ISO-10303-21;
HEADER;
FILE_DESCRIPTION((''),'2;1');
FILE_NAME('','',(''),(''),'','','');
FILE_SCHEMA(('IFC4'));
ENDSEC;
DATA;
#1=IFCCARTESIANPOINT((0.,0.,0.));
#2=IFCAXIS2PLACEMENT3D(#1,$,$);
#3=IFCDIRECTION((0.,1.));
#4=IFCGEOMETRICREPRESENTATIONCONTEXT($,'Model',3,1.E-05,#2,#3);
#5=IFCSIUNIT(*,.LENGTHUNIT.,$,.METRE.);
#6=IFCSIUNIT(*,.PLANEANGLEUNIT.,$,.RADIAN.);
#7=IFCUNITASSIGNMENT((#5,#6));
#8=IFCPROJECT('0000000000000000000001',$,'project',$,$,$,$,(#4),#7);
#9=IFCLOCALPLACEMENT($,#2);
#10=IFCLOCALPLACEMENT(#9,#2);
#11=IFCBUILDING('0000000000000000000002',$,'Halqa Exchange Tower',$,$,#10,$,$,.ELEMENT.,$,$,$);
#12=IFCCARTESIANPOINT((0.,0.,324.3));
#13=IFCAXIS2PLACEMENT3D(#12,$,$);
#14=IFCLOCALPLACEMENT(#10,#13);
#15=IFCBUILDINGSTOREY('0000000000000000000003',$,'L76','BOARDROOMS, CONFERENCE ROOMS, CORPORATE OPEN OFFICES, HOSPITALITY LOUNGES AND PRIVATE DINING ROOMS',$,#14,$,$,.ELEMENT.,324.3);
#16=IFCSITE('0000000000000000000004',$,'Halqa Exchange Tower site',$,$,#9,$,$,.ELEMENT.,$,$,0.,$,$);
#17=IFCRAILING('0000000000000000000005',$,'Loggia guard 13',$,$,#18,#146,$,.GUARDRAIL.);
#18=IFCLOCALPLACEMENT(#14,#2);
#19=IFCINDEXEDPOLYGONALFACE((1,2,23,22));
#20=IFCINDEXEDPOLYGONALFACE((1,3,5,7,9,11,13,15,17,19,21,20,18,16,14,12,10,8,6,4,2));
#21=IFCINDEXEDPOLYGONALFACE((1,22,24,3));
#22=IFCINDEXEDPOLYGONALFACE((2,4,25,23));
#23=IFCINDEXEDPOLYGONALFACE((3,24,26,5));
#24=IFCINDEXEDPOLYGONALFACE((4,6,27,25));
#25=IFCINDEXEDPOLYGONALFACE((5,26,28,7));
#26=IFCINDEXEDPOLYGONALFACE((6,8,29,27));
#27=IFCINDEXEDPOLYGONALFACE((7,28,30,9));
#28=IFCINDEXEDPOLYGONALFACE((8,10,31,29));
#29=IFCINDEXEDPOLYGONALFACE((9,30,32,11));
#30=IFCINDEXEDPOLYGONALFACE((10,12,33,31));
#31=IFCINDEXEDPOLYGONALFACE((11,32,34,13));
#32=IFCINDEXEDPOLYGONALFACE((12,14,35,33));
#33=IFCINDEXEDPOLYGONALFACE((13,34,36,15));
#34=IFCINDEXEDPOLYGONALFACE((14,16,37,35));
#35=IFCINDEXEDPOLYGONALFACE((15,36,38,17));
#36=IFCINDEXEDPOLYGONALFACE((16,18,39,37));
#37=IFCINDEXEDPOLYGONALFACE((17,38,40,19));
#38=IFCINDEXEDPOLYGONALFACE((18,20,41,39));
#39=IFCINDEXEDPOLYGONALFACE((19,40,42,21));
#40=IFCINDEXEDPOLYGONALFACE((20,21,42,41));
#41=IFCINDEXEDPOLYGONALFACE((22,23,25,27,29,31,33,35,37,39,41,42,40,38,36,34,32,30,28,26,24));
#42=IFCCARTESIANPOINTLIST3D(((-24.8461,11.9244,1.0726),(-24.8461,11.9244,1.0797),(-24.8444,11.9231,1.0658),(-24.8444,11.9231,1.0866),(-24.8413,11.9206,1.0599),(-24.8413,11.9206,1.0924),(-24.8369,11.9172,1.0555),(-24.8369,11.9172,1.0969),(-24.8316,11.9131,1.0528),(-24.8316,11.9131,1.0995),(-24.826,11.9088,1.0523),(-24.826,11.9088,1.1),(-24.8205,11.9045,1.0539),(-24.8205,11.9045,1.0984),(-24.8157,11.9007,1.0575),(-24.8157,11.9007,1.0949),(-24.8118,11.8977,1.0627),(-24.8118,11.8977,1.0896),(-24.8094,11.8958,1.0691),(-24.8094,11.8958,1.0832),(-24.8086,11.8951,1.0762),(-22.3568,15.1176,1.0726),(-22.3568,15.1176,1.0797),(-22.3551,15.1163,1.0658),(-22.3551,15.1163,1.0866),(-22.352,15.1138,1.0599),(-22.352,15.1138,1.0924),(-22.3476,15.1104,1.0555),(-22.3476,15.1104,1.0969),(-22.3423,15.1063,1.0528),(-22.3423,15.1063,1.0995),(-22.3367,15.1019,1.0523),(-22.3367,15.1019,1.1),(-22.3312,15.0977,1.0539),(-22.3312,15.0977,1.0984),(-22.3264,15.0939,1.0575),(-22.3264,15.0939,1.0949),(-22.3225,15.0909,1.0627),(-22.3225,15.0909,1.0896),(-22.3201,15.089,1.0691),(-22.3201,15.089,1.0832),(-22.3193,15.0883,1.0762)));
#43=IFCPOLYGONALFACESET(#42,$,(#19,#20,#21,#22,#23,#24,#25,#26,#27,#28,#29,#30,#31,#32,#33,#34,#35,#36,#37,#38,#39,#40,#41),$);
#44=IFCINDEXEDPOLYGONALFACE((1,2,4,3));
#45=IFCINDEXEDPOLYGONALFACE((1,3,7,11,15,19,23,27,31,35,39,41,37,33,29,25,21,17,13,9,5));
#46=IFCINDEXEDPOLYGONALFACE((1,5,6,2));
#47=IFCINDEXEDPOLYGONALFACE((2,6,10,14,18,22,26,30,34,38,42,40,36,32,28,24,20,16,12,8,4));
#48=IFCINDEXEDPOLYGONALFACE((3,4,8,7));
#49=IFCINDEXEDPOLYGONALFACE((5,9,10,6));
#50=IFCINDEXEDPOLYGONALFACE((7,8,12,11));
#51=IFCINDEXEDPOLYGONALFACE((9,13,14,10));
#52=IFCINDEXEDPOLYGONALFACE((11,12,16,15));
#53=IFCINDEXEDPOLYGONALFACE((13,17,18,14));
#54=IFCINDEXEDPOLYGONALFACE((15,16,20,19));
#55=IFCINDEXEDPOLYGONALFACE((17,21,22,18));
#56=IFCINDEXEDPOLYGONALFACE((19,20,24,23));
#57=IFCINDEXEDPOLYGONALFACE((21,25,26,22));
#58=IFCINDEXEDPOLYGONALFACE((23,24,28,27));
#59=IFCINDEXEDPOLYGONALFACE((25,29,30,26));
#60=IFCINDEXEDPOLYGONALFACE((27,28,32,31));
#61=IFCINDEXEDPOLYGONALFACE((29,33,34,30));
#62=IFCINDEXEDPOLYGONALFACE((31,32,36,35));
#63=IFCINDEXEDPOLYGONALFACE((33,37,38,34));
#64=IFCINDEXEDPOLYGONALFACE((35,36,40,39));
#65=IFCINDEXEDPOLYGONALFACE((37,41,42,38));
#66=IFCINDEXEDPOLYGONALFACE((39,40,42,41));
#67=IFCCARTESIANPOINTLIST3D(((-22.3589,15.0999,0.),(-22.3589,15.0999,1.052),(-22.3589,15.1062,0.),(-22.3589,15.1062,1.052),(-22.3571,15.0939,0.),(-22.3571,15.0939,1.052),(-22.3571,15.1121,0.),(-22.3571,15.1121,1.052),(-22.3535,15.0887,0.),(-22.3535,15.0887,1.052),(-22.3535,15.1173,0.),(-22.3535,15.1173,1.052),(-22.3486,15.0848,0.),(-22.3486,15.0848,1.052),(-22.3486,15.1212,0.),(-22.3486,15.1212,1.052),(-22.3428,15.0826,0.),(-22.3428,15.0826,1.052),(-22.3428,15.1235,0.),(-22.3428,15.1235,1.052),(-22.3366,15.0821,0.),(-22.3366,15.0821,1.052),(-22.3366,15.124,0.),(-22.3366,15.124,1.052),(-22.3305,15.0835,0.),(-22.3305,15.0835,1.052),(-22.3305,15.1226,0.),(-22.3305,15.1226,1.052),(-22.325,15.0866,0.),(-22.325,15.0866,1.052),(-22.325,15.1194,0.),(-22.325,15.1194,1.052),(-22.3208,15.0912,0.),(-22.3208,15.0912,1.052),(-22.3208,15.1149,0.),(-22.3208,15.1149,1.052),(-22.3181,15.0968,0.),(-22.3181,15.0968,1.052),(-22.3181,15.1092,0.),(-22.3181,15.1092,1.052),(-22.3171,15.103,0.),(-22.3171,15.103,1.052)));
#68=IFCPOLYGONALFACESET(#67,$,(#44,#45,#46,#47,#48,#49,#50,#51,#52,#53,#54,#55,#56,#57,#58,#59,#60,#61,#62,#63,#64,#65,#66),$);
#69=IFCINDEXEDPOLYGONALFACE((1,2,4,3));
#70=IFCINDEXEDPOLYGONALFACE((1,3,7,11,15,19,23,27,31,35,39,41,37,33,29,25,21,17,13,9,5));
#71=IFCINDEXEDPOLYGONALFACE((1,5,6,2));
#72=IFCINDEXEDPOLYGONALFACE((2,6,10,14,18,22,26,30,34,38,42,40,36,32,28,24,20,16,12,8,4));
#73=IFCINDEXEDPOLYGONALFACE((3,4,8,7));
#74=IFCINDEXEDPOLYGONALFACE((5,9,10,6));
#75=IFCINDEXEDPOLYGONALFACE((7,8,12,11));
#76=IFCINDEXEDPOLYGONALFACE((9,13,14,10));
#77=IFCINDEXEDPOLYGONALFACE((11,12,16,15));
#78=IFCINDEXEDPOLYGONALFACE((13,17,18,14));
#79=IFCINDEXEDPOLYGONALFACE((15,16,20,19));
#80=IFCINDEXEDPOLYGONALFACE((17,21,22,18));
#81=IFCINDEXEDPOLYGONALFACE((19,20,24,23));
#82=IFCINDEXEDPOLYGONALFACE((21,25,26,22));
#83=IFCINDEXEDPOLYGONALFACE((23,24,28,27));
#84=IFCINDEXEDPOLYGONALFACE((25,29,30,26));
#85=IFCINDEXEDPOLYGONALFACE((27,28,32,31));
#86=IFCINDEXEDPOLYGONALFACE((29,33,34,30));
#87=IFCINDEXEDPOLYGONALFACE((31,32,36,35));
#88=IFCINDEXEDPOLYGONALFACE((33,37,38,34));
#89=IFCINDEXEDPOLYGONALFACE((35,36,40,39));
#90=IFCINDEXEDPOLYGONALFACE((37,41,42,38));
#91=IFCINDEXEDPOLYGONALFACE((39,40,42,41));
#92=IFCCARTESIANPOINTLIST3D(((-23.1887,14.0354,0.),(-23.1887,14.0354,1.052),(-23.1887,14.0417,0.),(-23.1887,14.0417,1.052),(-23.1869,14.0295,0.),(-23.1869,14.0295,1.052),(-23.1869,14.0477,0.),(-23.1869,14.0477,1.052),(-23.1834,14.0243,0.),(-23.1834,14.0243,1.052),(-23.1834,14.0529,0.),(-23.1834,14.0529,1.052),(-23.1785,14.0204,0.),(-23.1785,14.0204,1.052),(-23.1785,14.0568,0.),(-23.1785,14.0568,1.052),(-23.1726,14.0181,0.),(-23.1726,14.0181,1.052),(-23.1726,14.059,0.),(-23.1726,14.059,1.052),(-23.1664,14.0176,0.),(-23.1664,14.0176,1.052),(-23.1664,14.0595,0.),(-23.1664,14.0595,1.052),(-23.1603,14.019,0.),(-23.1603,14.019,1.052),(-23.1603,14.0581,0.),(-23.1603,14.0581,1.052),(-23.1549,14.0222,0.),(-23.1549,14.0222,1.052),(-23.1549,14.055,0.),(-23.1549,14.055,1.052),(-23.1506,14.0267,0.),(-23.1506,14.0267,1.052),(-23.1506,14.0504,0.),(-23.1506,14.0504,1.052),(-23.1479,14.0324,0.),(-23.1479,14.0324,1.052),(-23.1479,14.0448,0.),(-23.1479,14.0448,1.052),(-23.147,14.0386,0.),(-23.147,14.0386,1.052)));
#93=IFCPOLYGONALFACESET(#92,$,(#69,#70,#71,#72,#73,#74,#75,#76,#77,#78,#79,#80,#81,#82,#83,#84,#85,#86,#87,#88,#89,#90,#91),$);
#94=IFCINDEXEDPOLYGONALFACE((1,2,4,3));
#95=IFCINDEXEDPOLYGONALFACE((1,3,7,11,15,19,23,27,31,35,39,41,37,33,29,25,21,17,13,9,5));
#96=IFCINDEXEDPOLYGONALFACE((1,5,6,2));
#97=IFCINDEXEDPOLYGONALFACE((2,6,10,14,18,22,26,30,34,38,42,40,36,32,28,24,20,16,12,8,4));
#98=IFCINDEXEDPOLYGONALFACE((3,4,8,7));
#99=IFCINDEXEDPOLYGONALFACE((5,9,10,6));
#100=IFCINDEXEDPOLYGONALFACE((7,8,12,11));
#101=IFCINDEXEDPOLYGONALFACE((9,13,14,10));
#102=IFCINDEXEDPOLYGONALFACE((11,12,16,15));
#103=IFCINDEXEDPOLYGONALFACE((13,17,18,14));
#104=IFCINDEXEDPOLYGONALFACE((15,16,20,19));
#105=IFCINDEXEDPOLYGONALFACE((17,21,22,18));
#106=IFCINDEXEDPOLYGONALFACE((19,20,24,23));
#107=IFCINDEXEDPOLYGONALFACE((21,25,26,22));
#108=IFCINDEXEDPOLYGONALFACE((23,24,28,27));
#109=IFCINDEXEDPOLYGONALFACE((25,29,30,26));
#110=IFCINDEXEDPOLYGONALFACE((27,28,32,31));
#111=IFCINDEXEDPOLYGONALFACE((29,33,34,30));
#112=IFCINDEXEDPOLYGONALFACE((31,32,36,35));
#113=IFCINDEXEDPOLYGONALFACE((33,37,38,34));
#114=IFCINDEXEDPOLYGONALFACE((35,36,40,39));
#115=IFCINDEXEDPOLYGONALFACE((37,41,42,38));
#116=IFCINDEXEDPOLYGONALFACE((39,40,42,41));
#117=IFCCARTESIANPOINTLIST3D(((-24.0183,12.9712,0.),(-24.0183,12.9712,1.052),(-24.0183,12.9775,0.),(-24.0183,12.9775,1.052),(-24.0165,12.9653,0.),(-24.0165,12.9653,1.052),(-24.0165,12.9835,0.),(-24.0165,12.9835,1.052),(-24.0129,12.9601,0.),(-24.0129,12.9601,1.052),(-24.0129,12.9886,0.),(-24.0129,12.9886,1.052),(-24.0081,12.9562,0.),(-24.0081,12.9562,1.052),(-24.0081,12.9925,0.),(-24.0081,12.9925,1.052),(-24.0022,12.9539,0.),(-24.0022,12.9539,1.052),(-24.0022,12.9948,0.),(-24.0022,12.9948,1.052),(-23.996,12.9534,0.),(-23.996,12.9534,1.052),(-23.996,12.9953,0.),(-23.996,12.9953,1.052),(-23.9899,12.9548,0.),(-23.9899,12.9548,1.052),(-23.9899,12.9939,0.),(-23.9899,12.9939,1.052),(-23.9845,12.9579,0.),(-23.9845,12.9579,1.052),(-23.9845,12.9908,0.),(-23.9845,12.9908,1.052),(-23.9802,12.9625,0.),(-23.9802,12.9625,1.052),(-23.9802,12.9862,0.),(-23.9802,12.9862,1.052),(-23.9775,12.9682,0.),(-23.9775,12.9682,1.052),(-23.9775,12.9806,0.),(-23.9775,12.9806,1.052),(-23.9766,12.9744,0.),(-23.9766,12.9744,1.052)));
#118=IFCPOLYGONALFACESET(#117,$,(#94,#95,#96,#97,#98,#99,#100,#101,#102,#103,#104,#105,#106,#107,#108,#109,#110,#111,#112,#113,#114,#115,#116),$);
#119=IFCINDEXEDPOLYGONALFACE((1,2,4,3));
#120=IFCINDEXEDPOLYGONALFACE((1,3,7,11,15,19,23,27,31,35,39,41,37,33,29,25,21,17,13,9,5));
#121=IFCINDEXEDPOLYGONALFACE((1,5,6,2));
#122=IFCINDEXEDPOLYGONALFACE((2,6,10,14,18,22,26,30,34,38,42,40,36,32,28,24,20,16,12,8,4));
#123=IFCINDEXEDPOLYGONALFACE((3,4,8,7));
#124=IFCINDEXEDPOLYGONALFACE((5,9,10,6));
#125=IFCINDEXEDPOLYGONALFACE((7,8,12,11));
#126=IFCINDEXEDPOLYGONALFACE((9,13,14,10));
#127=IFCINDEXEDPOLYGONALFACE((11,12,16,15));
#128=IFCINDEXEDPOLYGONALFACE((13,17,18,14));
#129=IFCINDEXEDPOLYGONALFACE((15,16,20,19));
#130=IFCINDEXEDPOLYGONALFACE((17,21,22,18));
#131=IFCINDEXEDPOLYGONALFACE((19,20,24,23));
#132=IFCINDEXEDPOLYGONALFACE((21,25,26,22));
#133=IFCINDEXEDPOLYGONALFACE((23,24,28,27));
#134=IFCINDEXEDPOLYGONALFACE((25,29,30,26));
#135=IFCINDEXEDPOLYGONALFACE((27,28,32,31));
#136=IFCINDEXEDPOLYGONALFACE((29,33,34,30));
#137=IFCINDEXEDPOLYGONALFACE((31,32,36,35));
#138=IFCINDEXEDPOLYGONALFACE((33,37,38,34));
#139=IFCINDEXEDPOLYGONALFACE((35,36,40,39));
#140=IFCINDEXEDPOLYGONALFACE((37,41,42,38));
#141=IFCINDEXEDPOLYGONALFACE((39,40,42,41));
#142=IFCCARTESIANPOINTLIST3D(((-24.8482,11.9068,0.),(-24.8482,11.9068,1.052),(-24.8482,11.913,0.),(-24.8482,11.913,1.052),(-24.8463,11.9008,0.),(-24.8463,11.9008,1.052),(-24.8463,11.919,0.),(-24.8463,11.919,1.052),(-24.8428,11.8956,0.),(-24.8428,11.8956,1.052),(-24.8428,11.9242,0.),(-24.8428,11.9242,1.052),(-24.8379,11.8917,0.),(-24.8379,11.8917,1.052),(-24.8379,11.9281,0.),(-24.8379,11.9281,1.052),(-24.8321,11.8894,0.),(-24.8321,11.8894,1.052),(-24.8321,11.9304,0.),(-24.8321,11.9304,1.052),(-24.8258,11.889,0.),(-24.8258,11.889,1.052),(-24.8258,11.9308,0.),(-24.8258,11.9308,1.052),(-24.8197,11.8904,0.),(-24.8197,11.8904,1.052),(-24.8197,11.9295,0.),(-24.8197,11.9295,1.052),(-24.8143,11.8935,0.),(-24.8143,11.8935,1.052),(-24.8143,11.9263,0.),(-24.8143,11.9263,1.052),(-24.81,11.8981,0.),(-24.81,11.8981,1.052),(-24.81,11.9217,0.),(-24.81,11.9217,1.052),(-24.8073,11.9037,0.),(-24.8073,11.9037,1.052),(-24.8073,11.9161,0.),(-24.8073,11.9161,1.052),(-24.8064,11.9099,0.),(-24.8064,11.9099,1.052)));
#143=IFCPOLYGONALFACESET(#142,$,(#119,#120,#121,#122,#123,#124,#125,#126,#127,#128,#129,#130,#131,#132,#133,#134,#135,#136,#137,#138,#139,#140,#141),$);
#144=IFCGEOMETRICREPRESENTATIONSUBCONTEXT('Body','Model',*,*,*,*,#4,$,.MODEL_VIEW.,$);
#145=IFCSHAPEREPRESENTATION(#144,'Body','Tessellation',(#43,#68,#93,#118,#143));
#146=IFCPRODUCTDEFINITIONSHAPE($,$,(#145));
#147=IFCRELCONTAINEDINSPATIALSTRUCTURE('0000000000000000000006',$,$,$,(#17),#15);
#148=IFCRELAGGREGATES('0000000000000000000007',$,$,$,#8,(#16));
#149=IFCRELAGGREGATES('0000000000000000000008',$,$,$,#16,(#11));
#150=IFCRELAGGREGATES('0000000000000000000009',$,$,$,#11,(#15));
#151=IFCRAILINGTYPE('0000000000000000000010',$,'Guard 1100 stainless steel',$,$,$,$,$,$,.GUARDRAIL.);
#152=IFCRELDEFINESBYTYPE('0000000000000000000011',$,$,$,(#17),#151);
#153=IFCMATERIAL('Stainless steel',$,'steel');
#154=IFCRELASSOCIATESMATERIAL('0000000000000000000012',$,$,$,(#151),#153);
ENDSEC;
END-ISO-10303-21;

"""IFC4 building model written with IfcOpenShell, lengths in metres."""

from ifc_helpers import new_model, si_unit, direction, frame, origin, origin_2d, place, context, subcontext, project, spatial, circle, extrude, material, type_object, element, save


model = new_model("IFC4")

# Units and contexts
model_context = context("Model", 3, precision=1e-05, world=origin(), true_north=direction((0.0, 1.0)))
body_context = subcontext(model_context, "Body", "Model", "MODEL_VIEW")
ifc_project = project(units=[si_unit("LENGTHUNIT", "METRE"), si_unit("PLANEANGLEUNIT", "RADIAN")], contexts=[model_context])

# Site, building, storey
site_placement = place(None, origin())
site = spatial("IfcSite", under=ifc_project, at=site_placement, Name="Halqa Exchange Tower site", CompositionType="ELEMENT", RefElevation=0.0)
building_placement = place(site_placement, origin())
building = spatial("IfcBuilding", under=site, at=building_placement, Name="Halqa Exchange Tower", CompositionType="ELEMENT")
storey_placement = place(building_placement, frame((0.0, 0.0, 324.3)))
storey = spatial("IfcBuildingStorey", under=building, at=storey_placement, Name="L76", Description="BOARDROOMS, CONFERENCE ROOMS, CORPORATE OPEN OFFICES, HOSPITALITY LOUNGES AND PRIVATE DINING ROOMS", CompositionType="ELEMENT", Elevation=324.3)

# Railing
ifc_material_1 = material(Name="Stainless steel", Category="steel")
railing_type = type_object("IfcRailingType", Name="Guard 1100 stainless steel", PredefinedType="GUARDRAIL", material=ifc_material_1)
railing_1_placement = place(storey_placement, frame((-22.3381, 15.103, 0.0)))
element("IfcRailing", 1, at=railing_1_placement, inside=storey, type_object=railing_type, Name="Loggia guard 13", PredefinedType="GUARDRAIL", context=body_context, shape_type="SweptSolid", body=[
    extrude(circle(Radius=0.0239, at=origin_2d()), frame((0.0, 0.0, 1.0762), z_axis=(-0.614821, -0.788667, 0.0), x_axis=(0.788667, -0.614821, 0.0)), (0.0, 0.0, 1.0), 4.0488),
    extrude(circle(Radius=0.021, at=origin_2d()), origin(), (0.0, 0.0, 1.0), 1.052),
    extrude(circle(Radius=0.021, at=origin_2d()), frame((-0.8298, -1.0645, 0.0)), (0.0, 0.0, 1.0), 1.052),
    extrude(circle(Radius=0.021, at=origin_2d()), frame((-1.6594, -2.1287, 0.0)), (0.0, 0.0, 1.0), 1.052),
    extrude(circle(Radius=0.021, at=origin_2d()), frame((-2.4893, -3.1931, 0.0)), (0.0, 0.0, 1.0), 1.052),
])

save(model, "model.ifc")
